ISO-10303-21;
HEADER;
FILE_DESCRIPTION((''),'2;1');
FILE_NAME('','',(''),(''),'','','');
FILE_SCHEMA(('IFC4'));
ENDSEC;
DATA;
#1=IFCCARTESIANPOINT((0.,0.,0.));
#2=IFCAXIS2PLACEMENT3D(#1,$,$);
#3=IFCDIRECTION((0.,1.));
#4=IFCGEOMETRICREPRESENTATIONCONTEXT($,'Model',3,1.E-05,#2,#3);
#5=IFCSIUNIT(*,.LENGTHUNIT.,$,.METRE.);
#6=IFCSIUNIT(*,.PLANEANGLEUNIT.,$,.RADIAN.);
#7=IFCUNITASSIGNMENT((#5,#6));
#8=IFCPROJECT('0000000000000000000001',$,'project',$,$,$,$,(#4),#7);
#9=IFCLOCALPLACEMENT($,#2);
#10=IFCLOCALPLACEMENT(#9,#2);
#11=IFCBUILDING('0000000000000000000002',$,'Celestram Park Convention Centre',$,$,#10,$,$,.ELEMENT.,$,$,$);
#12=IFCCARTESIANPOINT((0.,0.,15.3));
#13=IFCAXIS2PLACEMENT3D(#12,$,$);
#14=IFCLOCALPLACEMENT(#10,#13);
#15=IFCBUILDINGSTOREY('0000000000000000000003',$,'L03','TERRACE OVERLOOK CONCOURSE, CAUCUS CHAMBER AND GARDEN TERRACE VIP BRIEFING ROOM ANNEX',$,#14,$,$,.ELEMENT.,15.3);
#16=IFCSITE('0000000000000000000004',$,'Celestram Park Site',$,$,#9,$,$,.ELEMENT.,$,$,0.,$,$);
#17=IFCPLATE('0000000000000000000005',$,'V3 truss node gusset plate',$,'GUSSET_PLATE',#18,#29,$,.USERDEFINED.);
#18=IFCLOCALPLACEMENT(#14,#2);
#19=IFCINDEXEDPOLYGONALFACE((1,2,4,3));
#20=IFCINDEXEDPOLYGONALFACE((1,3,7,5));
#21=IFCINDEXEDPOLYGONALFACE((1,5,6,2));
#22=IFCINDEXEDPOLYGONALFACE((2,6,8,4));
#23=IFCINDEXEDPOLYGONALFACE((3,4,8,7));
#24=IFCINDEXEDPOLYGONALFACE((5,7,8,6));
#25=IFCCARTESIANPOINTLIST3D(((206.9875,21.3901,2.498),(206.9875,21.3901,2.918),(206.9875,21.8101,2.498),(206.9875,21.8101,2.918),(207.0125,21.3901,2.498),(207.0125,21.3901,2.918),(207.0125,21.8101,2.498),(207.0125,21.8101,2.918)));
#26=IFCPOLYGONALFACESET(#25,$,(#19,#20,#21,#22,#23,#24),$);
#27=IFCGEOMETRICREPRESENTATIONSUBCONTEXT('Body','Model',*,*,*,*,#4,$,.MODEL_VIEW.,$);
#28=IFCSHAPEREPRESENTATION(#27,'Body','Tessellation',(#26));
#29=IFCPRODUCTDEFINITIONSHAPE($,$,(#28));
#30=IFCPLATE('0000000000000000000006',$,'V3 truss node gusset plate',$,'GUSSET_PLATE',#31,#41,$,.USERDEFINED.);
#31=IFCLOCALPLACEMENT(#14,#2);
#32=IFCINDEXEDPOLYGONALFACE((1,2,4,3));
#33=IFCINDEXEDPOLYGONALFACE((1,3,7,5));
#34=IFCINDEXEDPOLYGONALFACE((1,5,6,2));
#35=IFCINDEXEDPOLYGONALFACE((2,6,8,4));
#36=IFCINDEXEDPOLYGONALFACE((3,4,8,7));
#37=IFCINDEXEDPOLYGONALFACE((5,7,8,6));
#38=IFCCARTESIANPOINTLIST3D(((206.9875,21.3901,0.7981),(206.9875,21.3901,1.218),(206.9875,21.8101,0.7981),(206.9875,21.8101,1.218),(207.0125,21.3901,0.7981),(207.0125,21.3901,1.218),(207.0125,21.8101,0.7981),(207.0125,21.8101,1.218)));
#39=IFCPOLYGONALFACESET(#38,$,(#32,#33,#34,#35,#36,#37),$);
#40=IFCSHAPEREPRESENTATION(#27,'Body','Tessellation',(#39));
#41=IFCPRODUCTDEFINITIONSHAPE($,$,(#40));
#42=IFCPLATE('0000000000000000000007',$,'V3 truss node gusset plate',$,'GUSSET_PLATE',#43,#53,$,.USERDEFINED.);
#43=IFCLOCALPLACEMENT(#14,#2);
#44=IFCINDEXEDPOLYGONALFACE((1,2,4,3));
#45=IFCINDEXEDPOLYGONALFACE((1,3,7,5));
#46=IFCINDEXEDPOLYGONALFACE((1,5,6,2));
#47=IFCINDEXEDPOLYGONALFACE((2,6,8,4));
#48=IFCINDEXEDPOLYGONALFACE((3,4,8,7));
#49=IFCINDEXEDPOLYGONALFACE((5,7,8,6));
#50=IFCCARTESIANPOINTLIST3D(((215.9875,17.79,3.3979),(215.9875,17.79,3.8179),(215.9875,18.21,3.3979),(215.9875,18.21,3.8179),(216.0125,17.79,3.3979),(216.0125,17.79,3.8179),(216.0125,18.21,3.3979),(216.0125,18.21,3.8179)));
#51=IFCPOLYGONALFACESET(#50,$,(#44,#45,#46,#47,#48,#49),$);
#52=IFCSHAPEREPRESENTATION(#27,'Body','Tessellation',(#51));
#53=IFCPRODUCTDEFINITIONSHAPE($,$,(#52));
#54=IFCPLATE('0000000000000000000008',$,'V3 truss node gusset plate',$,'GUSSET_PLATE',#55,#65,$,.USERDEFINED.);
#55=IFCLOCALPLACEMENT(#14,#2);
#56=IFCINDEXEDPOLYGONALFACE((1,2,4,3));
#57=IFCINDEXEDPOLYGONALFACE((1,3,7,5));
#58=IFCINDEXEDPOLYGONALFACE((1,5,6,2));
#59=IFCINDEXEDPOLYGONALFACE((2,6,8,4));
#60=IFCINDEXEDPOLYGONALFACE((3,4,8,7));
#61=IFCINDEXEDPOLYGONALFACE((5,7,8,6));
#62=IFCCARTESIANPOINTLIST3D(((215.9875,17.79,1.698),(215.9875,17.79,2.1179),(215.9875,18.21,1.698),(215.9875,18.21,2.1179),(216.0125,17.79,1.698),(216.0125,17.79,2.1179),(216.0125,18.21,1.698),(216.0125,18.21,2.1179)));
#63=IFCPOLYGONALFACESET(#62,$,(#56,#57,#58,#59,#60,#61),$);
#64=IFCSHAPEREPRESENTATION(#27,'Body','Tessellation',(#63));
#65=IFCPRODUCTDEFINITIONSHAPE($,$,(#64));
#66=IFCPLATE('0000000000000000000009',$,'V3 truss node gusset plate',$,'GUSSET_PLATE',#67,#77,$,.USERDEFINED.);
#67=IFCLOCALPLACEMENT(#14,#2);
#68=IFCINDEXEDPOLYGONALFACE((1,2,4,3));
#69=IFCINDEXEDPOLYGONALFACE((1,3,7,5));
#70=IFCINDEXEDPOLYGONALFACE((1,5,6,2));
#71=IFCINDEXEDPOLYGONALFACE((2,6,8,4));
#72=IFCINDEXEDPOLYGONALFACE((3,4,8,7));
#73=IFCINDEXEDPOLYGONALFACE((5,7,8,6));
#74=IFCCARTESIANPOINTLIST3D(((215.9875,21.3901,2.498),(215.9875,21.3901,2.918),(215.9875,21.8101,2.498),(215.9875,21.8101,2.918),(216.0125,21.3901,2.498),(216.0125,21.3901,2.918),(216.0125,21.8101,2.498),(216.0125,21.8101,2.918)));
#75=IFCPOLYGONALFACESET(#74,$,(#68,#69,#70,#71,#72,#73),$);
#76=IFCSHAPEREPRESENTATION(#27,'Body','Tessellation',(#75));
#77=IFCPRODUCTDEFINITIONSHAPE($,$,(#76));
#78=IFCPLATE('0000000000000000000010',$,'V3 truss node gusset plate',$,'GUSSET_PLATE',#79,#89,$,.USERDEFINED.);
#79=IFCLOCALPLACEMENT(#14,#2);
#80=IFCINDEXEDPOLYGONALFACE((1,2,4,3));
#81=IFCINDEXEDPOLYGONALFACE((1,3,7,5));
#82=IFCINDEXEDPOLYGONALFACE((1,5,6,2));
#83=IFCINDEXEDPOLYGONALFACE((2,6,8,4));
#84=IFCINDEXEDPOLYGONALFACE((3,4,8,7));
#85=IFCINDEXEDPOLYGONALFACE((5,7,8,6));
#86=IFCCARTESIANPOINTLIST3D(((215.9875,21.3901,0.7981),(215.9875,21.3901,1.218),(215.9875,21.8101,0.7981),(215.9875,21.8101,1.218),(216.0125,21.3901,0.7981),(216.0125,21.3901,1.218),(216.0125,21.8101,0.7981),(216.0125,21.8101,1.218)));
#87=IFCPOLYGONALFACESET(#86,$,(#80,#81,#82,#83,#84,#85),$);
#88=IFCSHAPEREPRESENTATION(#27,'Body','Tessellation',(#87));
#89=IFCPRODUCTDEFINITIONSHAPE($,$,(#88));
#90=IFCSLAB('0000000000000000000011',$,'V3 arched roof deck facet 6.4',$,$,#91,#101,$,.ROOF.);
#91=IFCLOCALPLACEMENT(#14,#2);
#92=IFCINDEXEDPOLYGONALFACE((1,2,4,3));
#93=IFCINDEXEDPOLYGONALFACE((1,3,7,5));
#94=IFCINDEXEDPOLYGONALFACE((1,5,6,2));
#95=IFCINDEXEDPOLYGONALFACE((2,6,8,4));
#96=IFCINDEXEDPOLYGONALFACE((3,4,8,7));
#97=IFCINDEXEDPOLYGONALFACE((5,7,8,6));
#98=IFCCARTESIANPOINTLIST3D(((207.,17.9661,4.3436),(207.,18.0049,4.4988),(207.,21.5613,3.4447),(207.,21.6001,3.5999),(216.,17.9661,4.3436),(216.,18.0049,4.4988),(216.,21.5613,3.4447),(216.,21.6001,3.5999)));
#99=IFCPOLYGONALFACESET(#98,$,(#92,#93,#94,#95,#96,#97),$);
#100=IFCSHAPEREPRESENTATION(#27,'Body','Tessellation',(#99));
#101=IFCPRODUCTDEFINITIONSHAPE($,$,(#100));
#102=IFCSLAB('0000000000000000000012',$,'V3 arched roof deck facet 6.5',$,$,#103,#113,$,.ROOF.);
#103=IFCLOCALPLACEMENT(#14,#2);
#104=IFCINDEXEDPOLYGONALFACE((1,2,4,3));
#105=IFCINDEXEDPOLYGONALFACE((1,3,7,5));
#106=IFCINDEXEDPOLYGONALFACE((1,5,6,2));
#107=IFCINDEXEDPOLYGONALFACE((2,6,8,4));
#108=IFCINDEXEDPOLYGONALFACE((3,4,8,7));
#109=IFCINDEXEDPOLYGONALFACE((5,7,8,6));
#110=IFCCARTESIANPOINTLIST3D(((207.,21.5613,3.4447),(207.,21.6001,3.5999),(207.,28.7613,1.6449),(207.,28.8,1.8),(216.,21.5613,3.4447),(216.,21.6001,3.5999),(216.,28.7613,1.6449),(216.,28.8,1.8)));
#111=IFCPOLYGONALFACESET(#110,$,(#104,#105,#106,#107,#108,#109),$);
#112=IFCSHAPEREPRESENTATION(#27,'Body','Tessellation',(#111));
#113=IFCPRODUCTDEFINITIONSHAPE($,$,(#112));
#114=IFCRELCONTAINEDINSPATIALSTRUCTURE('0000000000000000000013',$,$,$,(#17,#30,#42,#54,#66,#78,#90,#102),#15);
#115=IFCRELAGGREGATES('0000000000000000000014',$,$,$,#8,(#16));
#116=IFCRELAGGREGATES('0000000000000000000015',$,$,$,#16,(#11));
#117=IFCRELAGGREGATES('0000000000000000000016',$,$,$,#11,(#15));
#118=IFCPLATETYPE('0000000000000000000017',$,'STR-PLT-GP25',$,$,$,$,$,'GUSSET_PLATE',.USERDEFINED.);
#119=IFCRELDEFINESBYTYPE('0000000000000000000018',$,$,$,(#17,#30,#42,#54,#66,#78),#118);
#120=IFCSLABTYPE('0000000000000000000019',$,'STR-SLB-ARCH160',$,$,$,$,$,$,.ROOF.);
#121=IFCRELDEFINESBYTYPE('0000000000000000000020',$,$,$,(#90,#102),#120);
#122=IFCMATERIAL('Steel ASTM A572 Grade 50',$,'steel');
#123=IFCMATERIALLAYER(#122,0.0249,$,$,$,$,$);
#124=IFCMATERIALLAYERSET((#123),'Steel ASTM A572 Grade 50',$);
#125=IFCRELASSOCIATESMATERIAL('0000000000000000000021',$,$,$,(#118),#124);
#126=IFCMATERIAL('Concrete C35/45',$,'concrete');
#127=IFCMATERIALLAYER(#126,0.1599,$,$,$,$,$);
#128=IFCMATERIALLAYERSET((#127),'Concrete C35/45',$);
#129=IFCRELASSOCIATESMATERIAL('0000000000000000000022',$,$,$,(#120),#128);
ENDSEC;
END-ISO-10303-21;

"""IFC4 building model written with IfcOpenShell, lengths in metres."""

from ifc_helpers import new_model, si_unit, direction, frame, origin, origin_2d, place, context, subcontext, project, spatial, polyline, rectangle, outline, extrude, material, layer, layer_set, type_object, element, save


model = new_model("IFC4")

# Units and contexts
model_context = context("Model", 3, precision=1e-05, world=origin(), true_north=direction((0.0, 1.0)))
body_context = subcontext(model_context, "Body", "Model", "MODEL_VIEW")
ifc_project = project(units=[si_unit("LENGTHUNIT", "METRE"), si_unit("PLANEANGLEUNIT", "RADIAN")], contexts=[model_context])

# Site, building, storey
site_placement = place(None, origin())
site = spatial("IfcSite", under=ifc_project, at=site_placement, Name="Celestram Park Site", CompositionType="ELEMENT", RefElevation=0.0)
building_placement = place(site_placement, origin())
building = spatial("IfcBuilding", under=site, at=building_placement, Name="Celestram Park Convention Centre", CompositionType="ELEMENT")
storey_placement = place(building_placement, frame((0.0, 0.0, 15.3)))
storey = spatial("IfcBuildingStorey", under=building, at=storey_placement, Name="L03", Description="TERRACE OVERLOOK CONCOURSE, CAUCUS CHAMBER AND GARDEN TERRACE VIP BRIEFING ROOM ANNEX", CompositionType="ELEMENT", Elevation=15.3)

# Plates
ifc_material_1 = material(Name="Steel ASTM A572 Grade 50", Category="steel")
ifc_layer_1 = layer(ifc_material_1, 0.0249)
ifc_layer_set_1 = layer_set([ifc_layer_1], Name="Steel ASTM A572 Grade 50")
plate_type = type_object("IfcPlateType", Name="STR-PLT-GP25", ElementType="GUSSET_PLATE", PredefinedType="USERDEFINED", material=ifc_layer_set_1)
for number, where, z_axis, x_axis, name in (
    (1, (207.0, 21.6001, 2.498), (0.0, 0.0, 1.0), (0.0, 1.0, 0.0), "V3 truss node gusset plate"),
    (2, (207.0, 21.6001, 0.7981), (0.0, 0.0, 1.0), (0.0, 1.0, 0.0), "V3 truss node gusset plate"),
    (3, (216.0, 18.0, 3.3979), (0.0, 0.0, 1.0), (0.0, 1.0, 0.0), "V3 truss node gusset plate"),
    (4, (216.0, 18.0, 1.698), (0.0, 0.0, 1.0), (0.0, 1.0, 0.0), "V3 truss node gusset plate"),
    (5, (216.0, 21.6001, 2.498), (0.0, 0.0, 1.0), (0.0, 1.0, 0.0), "V3 truss node gusset plate"),
    (6, (216.0, 21.6001, 0.7981), (0.0, 0.0, 1.0), (0.0, 1.0, 0.0), "V3 truss node gusset plate"),
):
    element("IfcPlate", number, at=place(storey_placement, frame(where, z_axis=z_axis, x_axis=x_axis)), inside=storey, type_object=plate_type, Name=name, ObjectType="GUSSET_PLATE", PredefinedType="USERDEFINED", context=body_context, shape_type="SweptSolid", body=[
        extrude(rectangle(XDim=0.4199, YDim=0.0249, at=origin_2d()), origin(), (0.0, 0.0, 1.0), 0.4199),
    ])

# Slabs
ifc_material_2 = material(Name="Concrete C35/45", Category="concrete")
ifc_layer_2 = layer(ifc_material_2, 0.1599)
ifc_layer_set_2 = layer_set([ifc_layer_2], Name="Concrete C35/45")
slab_type = type_object("IfcSlabType", Name="STR-SLB-ARCH160", PredefinedType="ROOF", material=ifc_layer_set_2)
slab_1_placement = place(storey_placement, frame((207.0, 18.0049, 4.4988), z_axis=(0.0, 0.242567, 0.970135), x_axis=(1.0, 0.0, 0.0)))
element("IfcSlab", 7, at=slab_1_placement, inside=storey, type_object=slab_type, Name="V3 arched roof deck facet 6.4", PredefinedType="ROOF", context=body_context, shape_type="SweptSolid", body=[
    extrude(outline(polyline([(0.0, 0.0), (9.0, 0.0), (9.0, 3.7059), (0.0, 3.7059), (0.0, 0.0)])), origin(), (0.0, 0.0, -1.0), 0.1599),
])
slab_2_placement = place(storey_placement, frame((207.0, 21.6001, 3.5999), z_axis=(0.0, 0.242512, 0.970148), x_axis=(1.0, 0.0, 0.0)))
element("IfcSlab", 8, at=slab_2_placement, inside=storey, type_object=slab_type, Name="V3 arched roof deck facet 6.5", PredefinedType="ROOF", context=body_context, shape_type="SweptSolid", body=[
    extrude(outline(polyline([(0.0, 0.0), (9.0, 0.0), (9.0, 7.4215), (0.0, 7.4215), (0.0, 0.0)])), origin(), (0.0, 0.0, -1.0), 0.1599),
])

save(model, "model.ifc")
